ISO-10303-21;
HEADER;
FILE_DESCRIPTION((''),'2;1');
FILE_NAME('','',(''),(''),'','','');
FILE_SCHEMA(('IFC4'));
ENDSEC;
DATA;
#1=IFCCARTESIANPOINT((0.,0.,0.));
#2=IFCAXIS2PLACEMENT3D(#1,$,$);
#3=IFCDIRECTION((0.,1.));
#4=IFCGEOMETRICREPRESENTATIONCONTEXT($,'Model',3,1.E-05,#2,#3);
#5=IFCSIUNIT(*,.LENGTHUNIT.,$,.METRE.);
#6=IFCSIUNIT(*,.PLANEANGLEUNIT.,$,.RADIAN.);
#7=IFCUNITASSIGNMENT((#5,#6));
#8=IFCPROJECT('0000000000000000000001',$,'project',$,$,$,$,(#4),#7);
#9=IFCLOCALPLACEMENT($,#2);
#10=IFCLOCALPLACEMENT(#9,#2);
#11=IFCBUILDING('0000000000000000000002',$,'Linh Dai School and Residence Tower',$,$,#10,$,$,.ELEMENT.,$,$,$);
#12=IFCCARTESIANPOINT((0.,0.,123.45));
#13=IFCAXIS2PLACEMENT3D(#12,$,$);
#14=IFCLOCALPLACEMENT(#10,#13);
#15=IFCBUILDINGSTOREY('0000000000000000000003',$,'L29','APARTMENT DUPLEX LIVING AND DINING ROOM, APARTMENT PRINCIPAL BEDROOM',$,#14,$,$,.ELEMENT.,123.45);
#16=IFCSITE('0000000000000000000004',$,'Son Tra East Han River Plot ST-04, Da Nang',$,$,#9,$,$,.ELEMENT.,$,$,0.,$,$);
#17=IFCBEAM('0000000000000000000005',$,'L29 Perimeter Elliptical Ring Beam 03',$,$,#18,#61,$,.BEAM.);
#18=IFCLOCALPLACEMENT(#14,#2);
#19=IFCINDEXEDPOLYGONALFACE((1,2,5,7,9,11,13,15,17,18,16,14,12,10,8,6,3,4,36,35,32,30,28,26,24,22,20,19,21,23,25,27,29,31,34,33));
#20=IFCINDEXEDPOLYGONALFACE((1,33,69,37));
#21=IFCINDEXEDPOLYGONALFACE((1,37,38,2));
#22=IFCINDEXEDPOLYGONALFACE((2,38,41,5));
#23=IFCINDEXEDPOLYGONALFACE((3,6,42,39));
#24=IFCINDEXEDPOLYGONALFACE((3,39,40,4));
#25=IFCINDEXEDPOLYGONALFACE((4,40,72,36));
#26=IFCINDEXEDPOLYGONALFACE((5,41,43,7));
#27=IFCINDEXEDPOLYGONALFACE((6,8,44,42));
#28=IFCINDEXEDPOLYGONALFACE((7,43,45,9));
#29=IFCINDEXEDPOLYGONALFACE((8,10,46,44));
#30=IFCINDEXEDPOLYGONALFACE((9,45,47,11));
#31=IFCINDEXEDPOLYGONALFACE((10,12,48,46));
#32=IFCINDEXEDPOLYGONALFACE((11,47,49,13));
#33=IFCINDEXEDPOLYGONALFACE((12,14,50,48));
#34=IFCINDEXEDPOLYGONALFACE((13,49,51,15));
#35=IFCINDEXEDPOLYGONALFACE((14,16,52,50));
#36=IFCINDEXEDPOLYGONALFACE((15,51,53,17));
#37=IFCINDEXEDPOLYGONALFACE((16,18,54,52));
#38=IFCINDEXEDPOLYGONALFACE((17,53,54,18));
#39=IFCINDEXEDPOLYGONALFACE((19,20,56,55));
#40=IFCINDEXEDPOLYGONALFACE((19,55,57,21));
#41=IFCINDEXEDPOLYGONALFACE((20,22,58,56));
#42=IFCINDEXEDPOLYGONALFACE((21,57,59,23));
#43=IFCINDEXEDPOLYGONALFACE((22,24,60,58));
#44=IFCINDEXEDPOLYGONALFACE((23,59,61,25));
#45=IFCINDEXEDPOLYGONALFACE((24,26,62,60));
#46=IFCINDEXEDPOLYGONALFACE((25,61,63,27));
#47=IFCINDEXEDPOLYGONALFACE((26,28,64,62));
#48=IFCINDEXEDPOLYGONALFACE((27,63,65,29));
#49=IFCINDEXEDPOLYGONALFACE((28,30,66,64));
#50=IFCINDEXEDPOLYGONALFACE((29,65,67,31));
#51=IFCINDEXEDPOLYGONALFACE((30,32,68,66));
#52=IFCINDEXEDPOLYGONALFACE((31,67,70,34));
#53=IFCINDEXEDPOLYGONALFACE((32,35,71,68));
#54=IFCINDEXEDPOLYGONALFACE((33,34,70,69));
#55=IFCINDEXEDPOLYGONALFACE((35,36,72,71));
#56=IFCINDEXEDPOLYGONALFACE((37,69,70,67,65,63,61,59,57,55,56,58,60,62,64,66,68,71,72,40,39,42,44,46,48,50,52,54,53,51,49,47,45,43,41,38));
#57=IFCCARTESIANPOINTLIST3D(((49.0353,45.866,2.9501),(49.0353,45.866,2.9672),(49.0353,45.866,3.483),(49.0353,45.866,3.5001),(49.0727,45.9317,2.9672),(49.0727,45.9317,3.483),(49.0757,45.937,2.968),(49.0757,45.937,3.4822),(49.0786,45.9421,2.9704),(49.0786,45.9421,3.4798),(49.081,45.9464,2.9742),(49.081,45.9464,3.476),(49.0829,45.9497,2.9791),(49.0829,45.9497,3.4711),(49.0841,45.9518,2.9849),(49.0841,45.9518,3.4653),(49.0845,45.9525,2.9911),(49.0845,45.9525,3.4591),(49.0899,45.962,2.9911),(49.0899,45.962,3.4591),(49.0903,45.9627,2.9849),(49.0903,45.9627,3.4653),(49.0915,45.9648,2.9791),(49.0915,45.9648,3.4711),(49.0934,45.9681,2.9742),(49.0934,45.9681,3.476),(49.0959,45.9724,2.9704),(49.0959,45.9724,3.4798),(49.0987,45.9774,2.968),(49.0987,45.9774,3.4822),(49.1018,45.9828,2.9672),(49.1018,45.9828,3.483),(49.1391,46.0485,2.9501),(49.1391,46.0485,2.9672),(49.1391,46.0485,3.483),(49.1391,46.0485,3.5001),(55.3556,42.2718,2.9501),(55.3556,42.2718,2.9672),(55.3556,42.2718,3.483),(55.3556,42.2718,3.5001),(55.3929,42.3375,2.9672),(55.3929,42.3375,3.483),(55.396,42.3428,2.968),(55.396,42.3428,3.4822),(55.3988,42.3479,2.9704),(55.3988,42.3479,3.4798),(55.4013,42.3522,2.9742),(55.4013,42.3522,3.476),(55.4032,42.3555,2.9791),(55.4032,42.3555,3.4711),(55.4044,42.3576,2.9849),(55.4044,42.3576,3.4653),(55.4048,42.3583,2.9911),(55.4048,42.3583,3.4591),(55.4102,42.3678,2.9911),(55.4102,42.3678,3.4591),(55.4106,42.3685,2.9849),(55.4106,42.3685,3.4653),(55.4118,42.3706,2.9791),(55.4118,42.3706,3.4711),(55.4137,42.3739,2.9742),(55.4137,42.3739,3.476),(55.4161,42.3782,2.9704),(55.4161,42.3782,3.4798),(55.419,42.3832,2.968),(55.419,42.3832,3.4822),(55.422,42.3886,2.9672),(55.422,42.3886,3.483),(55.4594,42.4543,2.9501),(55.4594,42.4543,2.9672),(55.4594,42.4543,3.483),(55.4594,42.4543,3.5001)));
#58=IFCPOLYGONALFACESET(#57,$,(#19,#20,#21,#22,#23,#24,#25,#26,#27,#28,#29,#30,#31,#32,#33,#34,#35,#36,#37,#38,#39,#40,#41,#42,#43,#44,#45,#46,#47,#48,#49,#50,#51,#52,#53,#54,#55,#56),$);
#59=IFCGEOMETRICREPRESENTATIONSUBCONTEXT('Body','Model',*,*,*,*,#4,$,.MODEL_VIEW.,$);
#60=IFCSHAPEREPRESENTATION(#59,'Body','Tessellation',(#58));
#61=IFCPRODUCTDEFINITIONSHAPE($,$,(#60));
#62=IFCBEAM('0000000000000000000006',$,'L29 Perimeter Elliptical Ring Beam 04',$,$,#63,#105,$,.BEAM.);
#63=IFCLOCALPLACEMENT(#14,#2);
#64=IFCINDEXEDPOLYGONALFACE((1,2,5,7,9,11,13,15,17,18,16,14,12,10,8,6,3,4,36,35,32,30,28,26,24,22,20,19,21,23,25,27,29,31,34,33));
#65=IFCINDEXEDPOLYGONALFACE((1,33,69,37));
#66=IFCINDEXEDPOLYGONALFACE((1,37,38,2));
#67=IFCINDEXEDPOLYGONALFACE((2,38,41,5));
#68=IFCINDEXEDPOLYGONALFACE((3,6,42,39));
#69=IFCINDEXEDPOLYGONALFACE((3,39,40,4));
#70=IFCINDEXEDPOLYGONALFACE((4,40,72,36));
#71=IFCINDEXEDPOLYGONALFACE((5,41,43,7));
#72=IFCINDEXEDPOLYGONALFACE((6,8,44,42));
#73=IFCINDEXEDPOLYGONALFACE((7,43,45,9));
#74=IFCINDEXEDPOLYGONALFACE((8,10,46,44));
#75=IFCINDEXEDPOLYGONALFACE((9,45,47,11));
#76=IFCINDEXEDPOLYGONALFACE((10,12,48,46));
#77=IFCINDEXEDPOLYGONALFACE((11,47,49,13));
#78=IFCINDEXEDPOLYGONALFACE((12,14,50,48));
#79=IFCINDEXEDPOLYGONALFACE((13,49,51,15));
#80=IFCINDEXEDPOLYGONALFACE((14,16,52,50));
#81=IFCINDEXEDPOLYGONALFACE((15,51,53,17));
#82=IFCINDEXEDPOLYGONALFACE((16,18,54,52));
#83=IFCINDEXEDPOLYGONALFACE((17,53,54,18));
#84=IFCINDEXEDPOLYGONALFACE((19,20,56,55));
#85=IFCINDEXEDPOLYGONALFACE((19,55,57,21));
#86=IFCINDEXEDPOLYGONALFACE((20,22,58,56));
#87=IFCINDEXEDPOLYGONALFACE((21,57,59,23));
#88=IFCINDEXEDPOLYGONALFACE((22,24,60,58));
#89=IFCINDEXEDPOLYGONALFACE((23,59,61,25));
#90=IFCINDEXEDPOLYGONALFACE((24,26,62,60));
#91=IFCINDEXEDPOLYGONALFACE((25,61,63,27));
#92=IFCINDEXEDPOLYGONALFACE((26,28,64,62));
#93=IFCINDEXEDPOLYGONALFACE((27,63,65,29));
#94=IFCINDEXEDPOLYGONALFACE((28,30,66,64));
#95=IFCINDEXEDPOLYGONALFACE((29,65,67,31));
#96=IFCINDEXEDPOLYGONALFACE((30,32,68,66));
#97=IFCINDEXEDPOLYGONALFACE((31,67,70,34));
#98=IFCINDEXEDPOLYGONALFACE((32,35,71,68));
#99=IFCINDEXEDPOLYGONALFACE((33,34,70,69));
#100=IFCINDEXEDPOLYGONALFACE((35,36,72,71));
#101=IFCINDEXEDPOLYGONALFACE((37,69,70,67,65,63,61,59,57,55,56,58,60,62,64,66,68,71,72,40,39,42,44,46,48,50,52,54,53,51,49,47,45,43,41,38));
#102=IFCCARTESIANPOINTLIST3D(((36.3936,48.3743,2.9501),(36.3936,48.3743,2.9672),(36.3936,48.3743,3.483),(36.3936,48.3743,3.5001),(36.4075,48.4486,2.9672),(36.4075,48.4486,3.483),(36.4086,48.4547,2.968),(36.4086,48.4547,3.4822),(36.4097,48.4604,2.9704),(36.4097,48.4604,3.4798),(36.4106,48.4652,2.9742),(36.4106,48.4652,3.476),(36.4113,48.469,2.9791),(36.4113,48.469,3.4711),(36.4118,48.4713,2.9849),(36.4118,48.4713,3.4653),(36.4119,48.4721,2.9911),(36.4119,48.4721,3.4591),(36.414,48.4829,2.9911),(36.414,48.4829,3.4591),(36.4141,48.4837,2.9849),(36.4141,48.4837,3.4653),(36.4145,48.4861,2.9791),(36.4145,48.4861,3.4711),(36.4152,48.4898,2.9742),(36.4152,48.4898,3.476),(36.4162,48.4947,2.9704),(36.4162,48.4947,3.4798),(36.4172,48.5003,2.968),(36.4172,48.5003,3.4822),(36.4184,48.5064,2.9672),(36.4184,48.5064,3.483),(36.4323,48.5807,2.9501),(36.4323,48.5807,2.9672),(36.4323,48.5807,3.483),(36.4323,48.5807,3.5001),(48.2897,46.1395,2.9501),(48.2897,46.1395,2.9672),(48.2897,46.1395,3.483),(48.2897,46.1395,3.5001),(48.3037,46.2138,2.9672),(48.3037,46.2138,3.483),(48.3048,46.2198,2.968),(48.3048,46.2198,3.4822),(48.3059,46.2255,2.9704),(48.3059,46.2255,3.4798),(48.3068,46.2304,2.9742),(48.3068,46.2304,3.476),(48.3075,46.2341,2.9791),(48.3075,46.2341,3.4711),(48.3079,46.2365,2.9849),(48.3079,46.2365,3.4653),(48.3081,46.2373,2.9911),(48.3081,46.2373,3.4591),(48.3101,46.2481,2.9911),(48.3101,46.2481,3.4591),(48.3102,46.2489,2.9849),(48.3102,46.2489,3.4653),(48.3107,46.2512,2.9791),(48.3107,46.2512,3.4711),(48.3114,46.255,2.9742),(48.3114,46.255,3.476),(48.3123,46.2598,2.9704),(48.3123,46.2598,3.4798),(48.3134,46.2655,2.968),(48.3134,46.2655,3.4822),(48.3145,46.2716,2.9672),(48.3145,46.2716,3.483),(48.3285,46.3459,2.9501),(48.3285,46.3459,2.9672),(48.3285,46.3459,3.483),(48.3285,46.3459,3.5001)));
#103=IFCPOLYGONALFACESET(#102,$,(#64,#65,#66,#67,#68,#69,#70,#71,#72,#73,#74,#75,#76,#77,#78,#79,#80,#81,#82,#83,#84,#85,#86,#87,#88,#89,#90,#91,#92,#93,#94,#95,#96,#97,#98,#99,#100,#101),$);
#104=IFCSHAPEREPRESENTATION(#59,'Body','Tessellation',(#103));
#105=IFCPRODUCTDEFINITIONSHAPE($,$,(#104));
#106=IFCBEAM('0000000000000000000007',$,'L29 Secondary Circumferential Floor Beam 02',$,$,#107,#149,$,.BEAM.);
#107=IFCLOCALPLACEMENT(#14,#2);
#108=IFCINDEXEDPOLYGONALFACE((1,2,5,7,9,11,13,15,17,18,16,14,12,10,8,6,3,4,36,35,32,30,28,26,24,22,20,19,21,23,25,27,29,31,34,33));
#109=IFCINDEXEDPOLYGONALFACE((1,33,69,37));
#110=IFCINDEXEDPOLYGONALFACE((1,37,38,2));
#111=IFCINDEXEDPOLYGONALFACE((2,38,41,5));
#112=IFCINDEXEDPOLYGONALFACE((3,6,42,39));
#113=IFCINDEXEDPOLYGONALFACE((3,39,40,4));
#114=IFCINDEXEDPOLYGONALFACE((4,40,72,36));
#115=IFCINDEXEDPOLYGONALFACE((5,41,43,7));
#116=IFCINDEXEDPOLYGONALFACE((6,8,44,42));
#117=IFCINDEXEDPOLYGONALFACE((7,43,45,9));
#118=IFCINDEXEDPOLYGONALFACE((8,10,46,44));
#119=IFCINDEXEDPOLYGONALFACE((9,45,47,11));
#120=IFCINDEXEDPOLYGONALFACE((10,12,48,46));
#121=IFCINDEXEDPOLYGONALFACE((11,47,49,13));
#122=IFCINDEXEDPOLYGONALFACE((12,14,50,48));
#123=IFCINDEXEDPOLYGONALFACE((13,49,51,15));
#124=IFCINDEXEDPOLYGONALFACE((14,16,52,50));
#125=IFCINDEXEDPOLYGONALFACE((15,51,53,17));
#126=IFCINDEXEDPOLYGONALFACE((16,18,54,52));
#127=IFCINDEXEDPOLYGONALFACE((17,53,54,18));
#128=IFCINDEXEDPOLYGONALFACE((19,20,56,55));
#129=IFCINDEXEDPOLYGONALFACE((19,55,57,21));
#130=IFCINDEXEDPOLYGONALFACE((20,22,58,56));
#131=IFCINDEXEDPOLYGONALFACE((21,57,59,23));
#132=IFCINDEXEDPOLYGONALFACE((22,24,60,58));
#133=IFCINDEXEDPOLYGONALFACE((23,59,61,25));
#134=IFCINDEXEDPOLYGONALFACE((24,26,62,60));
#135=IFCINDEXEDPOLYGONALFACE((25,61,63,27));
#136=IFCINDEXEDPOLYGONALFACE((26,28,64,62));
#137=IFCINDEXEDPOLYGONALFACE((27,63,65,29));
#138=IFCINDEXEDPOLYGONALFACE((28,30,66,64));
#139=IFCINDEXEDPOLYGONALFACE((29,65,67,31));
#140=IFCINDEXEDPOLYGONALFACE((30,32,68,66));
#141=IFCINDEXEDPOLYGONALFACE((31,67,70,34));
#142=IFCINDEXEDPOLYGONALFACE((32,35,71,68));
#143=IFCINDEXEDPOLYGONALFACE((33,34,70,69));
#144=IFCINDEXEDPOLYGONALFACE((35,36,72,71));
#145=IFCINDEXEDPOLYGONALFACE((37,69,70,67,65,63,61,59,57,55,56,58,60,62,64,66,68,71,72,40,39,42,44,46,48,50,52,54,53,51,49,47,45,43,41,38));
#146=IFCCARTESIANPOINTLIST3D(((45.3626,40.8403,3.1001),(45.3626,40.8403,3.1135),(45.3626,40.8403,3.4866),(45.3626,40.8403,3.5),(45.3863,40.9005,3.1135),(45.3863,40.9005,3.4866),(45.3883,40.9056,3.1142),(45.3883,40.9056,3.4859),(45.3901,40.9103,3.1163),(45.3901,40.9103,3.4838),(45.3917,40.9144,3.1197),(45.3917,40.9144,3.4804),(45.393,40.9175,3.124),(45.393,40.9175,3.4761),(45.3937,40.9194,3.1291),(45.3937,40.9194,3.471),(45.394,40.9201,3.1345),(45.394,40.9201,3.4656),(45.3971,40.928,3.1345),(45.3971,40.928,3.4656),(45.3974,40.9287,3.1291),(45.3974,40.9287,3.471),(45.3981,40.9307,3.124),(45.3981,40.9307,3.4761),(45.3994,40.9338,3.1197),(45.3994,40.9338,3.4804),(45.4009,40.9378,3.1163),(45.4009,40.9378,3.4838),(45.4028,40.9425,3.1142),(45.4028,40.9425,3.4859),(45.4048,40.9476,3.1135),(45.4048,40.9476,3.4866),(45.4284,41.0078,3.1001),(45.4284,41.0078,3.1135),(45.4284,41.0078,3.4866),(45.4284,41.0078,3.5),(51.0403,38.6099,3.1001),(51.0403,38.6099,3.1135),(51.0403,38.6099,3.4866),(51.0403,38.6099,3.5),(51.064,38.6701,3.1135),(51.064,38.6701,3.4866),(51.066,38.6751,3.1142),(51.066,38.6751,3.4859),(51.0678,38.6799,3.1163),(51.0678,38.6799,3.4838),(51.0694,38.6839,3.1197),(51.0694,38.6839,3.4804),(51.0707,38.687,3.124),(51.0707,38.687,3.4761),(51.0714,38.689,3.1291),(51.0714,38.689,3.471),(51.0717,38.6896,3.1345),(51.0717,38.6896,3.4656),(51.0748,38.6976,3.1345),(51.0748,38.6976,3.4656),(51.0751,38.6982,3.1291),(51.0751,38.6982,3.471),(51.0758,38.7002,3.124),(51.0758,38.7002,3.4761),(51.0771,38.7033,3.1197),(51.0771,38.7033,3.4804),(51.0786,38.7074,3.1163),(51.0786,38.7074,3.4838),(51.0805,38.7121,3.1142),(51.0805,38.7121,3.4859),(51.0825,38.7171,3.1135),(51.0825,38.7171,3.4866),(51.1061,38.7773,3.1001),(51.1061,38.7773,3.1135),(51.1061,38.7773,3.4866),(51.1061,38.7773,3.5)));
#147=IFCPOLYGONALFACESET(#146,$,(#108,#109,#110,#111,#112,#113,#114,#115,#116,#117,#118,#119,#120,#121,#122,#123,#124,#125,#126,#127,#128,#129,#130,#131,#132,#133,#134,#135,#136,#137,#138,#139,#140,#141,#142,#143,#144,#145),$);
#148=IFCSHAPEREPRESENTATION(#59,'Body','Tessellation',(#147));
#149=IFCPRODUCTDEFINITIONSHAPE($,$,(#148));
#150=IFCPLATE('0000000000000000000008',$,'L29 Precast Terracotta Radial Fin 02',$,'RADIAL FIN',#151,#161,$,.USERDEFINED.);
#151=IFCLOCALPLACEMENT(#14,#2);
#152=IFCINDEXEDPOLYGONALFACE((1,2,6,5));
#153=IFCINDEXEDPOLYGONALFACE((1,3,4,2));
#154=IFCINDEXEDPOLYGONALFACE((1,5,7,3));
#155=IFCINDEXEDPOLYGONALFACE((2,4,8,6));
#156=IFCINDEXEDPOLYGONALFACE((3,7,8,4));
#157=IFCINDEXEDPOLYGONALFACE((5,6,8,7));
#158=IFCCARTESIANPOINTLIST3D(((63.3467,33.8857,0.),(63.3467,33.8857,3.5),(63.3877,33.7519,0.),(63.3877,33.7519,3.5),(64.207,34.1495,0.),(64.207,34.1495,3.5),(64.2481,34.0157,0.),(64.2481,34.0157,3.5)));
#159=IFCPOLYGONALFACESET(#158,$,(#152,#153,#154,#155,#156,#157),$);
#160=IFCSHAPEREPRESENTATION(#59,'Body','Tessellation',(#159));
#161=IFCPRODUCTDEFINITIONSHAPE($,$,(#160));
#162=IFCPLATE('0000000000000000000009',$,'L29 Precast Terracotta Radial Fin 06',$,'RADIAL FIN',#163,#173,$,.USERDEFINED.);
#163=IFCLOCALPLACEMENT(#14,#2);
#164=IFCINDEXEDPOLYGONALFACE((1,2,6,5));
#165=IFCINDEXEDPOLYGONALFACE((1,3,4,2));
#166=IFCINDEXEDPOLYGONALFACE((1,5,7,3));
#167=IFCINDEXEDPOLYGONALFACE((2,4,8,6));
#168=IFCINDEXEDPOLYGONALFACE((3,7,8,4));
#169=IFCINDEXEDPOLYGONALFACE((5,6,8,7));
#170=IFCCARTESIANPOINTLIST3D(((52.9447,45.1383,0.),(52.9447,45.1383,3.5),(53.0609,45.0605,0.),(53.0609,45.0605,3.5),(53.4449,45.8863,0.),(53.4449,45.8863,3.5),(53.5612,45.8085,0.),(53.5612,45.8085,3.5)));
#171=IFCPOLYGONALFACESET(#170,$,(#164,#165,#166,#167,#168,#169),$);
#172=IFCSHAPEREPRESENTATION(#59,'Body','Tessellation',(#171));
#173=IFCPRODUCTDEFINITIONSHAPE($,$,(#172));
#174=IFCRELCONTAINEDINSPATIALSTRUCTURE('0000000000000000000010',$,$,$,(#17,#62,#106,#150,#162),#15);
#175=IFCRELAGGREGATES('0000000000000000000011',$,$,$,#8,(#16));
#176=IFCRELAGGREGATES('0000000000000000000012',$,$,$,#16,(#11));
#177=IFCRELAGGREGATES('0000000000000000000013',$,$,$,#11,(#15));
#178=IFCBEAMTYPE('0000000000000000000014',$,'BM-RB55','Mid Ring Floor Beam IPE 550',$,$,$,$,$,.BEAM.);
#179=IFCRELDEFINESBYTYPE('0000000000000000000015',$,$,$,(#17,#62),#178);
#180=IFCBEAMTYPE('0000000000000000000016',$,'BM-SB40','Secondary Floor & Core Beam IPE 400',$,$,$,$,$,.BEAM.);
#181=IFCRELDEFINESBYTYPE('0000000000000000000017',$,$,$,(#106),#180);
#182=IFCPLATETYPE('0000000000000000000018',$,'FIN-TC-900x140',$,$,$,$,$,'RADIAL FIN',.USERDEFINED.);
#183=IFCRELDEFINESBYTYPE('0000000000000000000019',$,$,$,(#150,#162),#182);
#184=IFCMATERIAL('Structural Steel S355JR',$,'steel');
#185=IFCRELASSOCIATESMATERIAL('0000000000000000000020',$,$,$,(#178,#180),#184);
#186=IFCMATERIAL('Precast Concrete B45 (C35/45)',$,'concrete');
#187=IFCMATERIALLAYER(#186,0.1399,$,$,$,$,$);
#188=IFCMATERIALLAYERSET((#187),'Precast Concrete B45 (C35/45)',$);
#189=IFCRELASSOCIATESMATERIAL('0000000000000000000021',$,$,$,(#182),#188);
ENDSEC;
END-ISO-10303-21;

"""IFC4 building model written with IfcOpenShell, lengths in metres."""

from ifc_helpers import new_model, si_unit, direction, frame, origin, origin_2d, place, context, subcontext, project, spatial, rectangle, i_section, extrude, source, transform, mapped, material, layer, layer_set, material_profile, profile_set, type_object, element, save


model = new_model("IFC4")

# Units and contexts
model_context = context("Model", 3, precision=1e-05, world=origin(), true_north=direction((0.0, 1.0)))
body_context = subcontext(model_context, "Body", "Model", "MODEL_VIEW")
ifc_project = project(units=[si_unit("LENGTHUNIT", "METRE"), si_unit("PLANEANGLEUNIT", "RADIAN")], contexts=[model_context])

# Site, building, storey
site_placement = place(None, origin())
site = spatial("IfcSite", under=ifc_project, at=site_placement, Name="Son Tra East Han River Plot ST-04, Da Nang", CompositionType="ELEMENT", RefElevation=0.0)
building_placement = place(site_placement, origin())
building = spatial("IfcBuilding", under=site, at=building_placement, Name="Linh Dai School and Residence Tower", CompositionType="ELEMENT")
storey_placement = place(building_placement, frame((0.0, 0.0, 123.45)))
storey = spatial("IfcBuildingStorey", under=building, at=storey_placement, Name="L29", Description="APARTMENT DUPLEX LIVING AND DINING ROOM, APARTMENT PRINCIPAL BEDROOM", CompositionType="ELEMENT", Elevation=123.45)

# Shared definitions
ifc_material_1 = material(Name="Structural Steel S355JR", Category="steel")

# Beams
ifc_material_profile_1 = material_profile(ifc_material_1, i_section(OverallWidth=0.21, OverallDepth=0.55, WebThickness=0.011, FlangeThickness=0.0171, FilletRadius=0.0239, at=origin_2d()), Name="IPE 550")
ifc_profile_set_1 = profile_set([ifc_material_profile_1], Name="Structural Steel S355JR")
beam_type_1 = type_object("IfcBeamType", Name="BM-RB55", Description="Mid Ring Floor Beam IPE 550", PredefinedType="BEAM", material=ifc_profile_set_1)
beam_1_placement = place(storey_placement, frame((55.4075, 42.363, 3.2251), z_axis=(-0.86927, 0.494337, 0.0), x_axis=(-0.494337, -0.86927, 0.0)))
element("IfcBeam", 1, at=beam_1_placement, inside=storey, type_object=beam_type_1, Name="L29 Perimeter Elliptical Ring Beam 03", PredefinedType="BEAM", context=body_context, shape_type="SweptSolid", body=[
    extrude(i_section(OverallWidth=0.21, OverallDepth=0.55, WebThickness=0.011, FlangeThickness=0.0171, FilletRadius=0.0239, at=origin_2d()), origin(), (0.0, 0.0, 1.0), 7.2708),
])
beam_2_placement = place(storey_placement, frame((48.3091, 46.2427, 3.2251), z_axis=(-0.982808, 0.184633, 0.0), x_axis=(-0.184633, -0.982808, 0.0)))
element("IfcBeam", 2, at=beam_2_placement, inside=storey, type_object=beam_type_1, Name="L29 Perimeter Elliptical Ring Beam 04", PredefinedType="BEAM", context=body_context, shape_type="SweptSolid", body=[
    extrude(i_section(OverallWidth=0.21, OverallDepth=0.55, WebThickness=0.011, FlangeThickness=0.0171, FilletRadius=0.0239, at=origin_2d()), origin(), (0.0, 0.0, 1.0), 12.1042),
])
ifc_material_profile_2 = material_profile(ifc_material_1, i_section(OverallWidth=0.1799, OverallDepth=0.3999, WebThickness=0.0085, FlangeThickness=0.0134, FilletRadius=0.021, at=origin_2d()), Name="IPE 400")
ifc_profile_set_2 = profile_set([ifc_material_profile_2], Name="Structural Steel S355JR")
beam_type_2 = type_object("IfcBeamType", Name="BM-SB40", Description="Secondary Floor & Core Beam IPE 400", PredefinedType="BEAM", material=ifc_profile_set_2)
beam_3_placement = place(storey_placement, frame((51.0732, 38.6936, 3.3), z_axis=(-0.930755, 0.365642, 0.0), x_axis=(-0.365642, -0.930755, 0.0)))
element("IfcBeam", 3, at=beam_3_placement, inside=storey, type_object=beam_type_2, Name="L29 Secondary Circumferential Floor Beam 02", PredefinedType="BEAM", context=body_context, shape_type="SweptSolid", body=[
    extrude(i_section(OverallWidth=0.1799, OverallDepth=0.3999, WebThickness=0.0085, FlangeThickness=0.0134, FilletRadius=0.021, at=origin_2d()), origin(), (0.0, 0.0, 1.0), 6.1001),
])

# Plates
ifc_material_2 = material(Name="Precast Concrete B45 (C35/45)", Category="concrete")
ifc_layer_1 = layer(ifc_material_2, 0.1399)
ifc_layer_set_1 = layer_set([ifc_layer_1], Name="Precast Concrete B45 (C35/45)")
plate_type = type_object("IfcPlateType", Name="FIN-TC-900x140", ElementType="RADIAL FIN", PredefinedType="USERDEFINED", material=ifc_layer_set_1)
shared_shape_1 = source(origin(), body_context, "Body", "SweptSolid", [
    extrude(rectangle(XDim=0.8999, YDim=0.1399, at=origin_2d()), origin(), (0.0, 0.0, 1.0), 3.5),
])
for number, where, z_axis, x_axis, name in (
    (4, (63.7974, 33.9507, 0.0), (0.0, 0.0, 1.0), (0.956072, 0.293134, 0.0), "L29 Precast Terracotta Radial Fin 02"),
    (5, (53.2529, 45.4734, 0.0), (0.0, 0.0, 1.0), (0.555913, 0.83124, 0.0), "L29 Precast Terracotta Radial Fin 06"),
):
    element("IfcPlate", number, at=place(storey_placement, frame(where, z_axis=z_axis, x_axis=x_axis)), inside=storey, type_object=plate_type, Name=name, ObjectType="RADIAL FIN", PredefinedType="USERDEFINED", context=body_context, shape_type="MappedRepresentation", body=[
        mapped(shared_shape_1, transform((0.0, 0.0, 0.0), x_axis=(1.0, 0.0, 0.0), y_axis=(0.0, 1.0, 0.0), z_axis=(0.0, 0.0, 1.0), scale=1.0)),
    ])

save(model, "model.ifc")
